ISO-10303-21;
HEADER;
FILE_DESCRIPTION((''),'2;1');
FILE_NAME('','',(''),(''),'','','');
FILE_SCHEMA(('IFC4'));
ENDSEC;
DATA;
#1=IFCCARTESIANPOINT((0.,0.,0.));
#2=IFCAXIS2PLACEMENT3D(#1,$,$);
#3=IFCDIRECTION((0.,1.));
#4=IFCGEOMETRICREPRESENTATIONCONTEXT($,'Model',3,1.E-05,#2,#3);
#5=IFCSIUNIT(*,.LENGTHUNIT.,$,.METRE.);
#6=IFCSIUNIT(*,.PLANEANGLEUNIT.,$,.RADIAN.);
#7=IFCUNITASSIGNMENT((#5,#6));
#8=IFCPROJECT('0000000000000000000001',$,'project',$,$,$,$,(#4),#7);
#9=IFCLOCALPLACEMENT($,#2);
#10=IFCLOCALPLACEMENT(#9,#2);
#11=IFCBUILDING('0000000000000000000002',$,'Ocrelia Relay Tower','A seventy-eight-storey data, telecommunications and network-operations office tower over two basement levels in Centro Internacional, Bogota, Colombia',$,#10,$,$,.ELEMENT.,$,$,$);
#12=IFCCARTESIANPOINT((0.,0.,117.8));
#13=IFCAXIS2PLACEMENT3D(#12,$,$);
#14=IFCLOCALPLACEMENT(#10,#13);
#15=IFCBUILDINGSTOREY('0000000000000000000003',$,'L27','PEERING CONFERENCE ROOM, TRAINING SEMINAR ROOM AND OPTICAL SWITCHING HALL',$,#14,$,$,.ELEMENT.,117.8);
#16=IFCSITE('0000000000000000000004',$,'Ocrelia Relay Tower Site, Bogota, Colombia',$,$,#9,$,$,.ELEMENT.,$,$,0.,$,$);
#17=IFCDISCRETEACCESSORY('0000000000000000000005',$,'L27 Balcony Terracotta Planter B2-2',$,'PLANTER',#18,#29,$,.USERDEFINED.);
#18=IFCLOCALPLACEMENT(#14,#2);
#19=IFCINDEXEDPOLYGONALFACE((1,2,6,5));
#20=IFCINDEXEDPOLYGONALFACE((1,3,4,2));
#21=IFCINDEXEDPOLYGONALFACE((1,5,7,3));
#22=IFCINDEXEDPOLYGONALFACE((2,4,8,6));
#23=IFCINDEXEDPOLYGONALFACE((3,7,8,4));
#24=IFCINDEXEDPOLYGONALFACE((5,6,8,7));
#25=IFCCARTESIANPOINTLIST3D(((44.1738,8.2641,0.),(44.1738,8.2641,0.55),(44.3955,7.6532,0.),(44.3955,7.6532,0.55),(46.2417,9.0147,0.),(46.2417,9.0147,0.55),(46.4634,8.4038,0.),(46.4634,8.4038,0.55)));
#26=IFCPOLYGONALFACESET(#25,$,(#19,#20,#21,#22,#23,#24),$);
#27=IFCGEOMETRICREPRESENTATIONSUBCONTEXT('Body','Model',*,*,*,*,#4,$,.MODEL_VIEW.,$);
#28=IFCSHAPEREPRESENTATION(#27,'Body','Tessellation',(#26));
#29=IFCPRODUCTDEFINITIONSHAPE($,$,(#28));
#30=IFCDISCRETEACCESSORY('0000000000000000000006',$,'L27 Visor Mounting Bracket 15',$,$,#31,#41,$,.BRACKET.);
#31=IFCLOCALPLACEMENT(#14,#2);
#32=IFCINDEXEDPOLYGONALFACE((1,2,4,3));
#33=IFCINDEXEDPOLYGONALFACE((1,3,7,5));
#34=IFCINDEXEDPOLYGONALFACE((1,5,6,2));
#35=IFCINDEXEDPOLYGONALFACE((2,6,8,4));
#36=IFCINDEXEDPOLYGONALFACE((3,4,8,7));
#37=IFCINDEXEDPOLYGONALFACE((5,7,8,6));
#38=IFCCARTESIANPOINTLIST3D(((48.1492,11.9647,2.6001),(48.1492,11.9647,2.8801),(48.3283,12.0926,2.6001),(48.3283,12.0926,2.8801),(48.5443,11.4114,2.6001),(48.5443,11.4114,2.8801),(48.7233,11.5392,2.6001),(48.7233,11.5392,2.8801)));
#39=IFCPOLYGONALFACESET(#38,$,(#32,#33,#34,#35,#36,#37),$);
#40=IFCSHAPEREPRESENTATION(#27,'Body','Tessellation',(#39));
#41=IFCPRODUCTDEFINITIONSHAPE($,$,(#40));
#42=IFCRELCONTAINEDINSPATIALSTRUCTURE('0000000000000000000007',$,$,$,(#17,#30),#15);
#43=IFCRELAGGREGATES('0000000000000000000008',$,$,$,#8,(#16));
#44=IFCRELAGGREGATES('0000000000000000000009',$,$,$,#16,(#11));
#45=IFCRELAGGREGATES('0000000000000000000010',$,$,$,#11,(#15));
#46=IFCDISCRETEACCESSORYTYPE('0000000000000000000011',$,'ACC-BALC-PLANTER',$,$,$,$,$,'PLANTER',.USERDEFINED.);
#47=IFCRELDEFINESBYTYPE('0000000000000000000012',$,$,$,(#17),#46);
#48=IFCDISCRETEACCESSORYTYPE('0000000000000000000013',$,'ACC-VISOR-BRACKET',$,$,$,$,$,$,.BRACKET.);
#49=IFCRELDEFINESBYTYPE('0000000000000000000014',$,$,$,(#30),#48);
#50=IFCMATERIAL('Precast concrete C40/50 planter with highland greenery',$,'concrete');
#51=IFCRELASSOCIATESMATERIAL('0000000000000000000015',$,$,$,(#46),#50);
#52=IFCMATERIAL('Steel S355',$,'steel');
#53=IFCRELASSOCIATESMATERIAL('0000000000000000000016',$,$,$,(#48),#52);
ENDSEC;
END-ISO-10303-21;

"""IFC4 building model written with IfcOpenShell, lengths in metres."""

from ifc_helpers import new_model, si_unit, direction, frame, origin, origin_2d, place, context, subcontext, project, spatial, rectangle, extrude, material, type_object, element, save


model = new_model("IFC4")

# Units and contexts
model_context = context("Model", 3, precision=1e-05, world=origin(), true_north=direction((0.0, 1.0)))
body_context = subcontext(model_context, "Body", "Model", "MODEL_VIEW")
ifc_project = project(units=[si_unit("LENGTHUNIT", "METRE"), si_unit("PLANEANGLEUNIT", "RADIAN")], contexts=[model_context])

# Site, building, storey
site_placement = place(None, origin())
site = spatial("IfcSite", under=ifc_project, at=site_placement, Name="Ocrelia Relay Tower Site, Bogota, Colombia", CompositionType="ELEMENT", RefElevation=0.0)
building_placement = place(site_placement, origin())
building = spatial("IfcBuilding", under=site, at=building_placement, Name="Ocrelia Relay Tower", Description="A seventy-eight-storey data, telecommunications and network-operations office tower over two basement levels in Centro Internacional, Bogota, Colombia", CompositionType="ELEMENT")
storey_placement = place(building_placement, frame((0.0, 0.0, 117.8)))
storey = spatial("IfcBuildingStorey", under=building, at=storey_placement, Name="L27", Description="PEERING CONFERENCE ROOM, TRAINING SEMINAR ROOM AND OPTICAL SWITCHING HALL", CompositionType="ELEMENT", Elevation=117.8)

# Shared definitions
ifc_material_1 = material(Name="Steel S355", Category="steel")

# Discrete accessories
ifc_material_2 = material(Name="Precast concrete C40/50 planter with highland greenery", Category="concrete")
discrete_accessory_type_1 = type_object("IfcDiscreteAccessoryType", Name="ACC-BALC-PLANTER", ElementType="PLANTER", PredefinedType="USERDEFINED", material=ifc_material_2)
discrete_accessory_1_placement = place(storey_placement, frame((45.3186, 8.334, 0.0), z_axis=(0.0, 0.0, 1.0), x_axis=(-0.93999, -0.341201, 0.0)))
element("IfcDiscreteAccessory", 1, at=discrete_accessory_1_placement, inside=storey, type_object=discrete_accessory_type_1, Name="L27 Balcony Terracotta Planter B2-2", ObjectType="PLANTER", PredefinedType="USERDEFINED", context=body_context, shape_type="SweptSolid", body=[
    extrude(rectangle(XDim=2.2, YDim=0.6499, at=origin_2d()), origin(), (0.0, 0.0, 1.0), 0.55),
])
discrete_accessory_type_2 = type_object("IfcDiscreteAccessoryType", Name="ACC-VISOR-BRACKET", PredefinedType="BRACKET", material=ifc_material_1)
discrete_accessory_2_placement = place(storey_placement, frame((48.4363, 11.752, 2.6001), z_axis=(0.0, 0.0, 1.0), x_axis=(0.813895, 0.581011, 0.0)))
element("IfcDiscreteAccessory", 2, at=discrete_accessory_2_placement, inside=storey, type_object=discrete_accessory_type_2, Name="L27 Visor Mounting Bracket 15", PredefinedType="BRACKET", context=body_context, shape_type="SweptSolid", body=[
    extrude(rectangle(XDim=0.22, YDim=0.6799, at=origin_2d()), origin(), (0.0, 0.0, 1.0), 0.28),
])

save(model, "model.ifc")
